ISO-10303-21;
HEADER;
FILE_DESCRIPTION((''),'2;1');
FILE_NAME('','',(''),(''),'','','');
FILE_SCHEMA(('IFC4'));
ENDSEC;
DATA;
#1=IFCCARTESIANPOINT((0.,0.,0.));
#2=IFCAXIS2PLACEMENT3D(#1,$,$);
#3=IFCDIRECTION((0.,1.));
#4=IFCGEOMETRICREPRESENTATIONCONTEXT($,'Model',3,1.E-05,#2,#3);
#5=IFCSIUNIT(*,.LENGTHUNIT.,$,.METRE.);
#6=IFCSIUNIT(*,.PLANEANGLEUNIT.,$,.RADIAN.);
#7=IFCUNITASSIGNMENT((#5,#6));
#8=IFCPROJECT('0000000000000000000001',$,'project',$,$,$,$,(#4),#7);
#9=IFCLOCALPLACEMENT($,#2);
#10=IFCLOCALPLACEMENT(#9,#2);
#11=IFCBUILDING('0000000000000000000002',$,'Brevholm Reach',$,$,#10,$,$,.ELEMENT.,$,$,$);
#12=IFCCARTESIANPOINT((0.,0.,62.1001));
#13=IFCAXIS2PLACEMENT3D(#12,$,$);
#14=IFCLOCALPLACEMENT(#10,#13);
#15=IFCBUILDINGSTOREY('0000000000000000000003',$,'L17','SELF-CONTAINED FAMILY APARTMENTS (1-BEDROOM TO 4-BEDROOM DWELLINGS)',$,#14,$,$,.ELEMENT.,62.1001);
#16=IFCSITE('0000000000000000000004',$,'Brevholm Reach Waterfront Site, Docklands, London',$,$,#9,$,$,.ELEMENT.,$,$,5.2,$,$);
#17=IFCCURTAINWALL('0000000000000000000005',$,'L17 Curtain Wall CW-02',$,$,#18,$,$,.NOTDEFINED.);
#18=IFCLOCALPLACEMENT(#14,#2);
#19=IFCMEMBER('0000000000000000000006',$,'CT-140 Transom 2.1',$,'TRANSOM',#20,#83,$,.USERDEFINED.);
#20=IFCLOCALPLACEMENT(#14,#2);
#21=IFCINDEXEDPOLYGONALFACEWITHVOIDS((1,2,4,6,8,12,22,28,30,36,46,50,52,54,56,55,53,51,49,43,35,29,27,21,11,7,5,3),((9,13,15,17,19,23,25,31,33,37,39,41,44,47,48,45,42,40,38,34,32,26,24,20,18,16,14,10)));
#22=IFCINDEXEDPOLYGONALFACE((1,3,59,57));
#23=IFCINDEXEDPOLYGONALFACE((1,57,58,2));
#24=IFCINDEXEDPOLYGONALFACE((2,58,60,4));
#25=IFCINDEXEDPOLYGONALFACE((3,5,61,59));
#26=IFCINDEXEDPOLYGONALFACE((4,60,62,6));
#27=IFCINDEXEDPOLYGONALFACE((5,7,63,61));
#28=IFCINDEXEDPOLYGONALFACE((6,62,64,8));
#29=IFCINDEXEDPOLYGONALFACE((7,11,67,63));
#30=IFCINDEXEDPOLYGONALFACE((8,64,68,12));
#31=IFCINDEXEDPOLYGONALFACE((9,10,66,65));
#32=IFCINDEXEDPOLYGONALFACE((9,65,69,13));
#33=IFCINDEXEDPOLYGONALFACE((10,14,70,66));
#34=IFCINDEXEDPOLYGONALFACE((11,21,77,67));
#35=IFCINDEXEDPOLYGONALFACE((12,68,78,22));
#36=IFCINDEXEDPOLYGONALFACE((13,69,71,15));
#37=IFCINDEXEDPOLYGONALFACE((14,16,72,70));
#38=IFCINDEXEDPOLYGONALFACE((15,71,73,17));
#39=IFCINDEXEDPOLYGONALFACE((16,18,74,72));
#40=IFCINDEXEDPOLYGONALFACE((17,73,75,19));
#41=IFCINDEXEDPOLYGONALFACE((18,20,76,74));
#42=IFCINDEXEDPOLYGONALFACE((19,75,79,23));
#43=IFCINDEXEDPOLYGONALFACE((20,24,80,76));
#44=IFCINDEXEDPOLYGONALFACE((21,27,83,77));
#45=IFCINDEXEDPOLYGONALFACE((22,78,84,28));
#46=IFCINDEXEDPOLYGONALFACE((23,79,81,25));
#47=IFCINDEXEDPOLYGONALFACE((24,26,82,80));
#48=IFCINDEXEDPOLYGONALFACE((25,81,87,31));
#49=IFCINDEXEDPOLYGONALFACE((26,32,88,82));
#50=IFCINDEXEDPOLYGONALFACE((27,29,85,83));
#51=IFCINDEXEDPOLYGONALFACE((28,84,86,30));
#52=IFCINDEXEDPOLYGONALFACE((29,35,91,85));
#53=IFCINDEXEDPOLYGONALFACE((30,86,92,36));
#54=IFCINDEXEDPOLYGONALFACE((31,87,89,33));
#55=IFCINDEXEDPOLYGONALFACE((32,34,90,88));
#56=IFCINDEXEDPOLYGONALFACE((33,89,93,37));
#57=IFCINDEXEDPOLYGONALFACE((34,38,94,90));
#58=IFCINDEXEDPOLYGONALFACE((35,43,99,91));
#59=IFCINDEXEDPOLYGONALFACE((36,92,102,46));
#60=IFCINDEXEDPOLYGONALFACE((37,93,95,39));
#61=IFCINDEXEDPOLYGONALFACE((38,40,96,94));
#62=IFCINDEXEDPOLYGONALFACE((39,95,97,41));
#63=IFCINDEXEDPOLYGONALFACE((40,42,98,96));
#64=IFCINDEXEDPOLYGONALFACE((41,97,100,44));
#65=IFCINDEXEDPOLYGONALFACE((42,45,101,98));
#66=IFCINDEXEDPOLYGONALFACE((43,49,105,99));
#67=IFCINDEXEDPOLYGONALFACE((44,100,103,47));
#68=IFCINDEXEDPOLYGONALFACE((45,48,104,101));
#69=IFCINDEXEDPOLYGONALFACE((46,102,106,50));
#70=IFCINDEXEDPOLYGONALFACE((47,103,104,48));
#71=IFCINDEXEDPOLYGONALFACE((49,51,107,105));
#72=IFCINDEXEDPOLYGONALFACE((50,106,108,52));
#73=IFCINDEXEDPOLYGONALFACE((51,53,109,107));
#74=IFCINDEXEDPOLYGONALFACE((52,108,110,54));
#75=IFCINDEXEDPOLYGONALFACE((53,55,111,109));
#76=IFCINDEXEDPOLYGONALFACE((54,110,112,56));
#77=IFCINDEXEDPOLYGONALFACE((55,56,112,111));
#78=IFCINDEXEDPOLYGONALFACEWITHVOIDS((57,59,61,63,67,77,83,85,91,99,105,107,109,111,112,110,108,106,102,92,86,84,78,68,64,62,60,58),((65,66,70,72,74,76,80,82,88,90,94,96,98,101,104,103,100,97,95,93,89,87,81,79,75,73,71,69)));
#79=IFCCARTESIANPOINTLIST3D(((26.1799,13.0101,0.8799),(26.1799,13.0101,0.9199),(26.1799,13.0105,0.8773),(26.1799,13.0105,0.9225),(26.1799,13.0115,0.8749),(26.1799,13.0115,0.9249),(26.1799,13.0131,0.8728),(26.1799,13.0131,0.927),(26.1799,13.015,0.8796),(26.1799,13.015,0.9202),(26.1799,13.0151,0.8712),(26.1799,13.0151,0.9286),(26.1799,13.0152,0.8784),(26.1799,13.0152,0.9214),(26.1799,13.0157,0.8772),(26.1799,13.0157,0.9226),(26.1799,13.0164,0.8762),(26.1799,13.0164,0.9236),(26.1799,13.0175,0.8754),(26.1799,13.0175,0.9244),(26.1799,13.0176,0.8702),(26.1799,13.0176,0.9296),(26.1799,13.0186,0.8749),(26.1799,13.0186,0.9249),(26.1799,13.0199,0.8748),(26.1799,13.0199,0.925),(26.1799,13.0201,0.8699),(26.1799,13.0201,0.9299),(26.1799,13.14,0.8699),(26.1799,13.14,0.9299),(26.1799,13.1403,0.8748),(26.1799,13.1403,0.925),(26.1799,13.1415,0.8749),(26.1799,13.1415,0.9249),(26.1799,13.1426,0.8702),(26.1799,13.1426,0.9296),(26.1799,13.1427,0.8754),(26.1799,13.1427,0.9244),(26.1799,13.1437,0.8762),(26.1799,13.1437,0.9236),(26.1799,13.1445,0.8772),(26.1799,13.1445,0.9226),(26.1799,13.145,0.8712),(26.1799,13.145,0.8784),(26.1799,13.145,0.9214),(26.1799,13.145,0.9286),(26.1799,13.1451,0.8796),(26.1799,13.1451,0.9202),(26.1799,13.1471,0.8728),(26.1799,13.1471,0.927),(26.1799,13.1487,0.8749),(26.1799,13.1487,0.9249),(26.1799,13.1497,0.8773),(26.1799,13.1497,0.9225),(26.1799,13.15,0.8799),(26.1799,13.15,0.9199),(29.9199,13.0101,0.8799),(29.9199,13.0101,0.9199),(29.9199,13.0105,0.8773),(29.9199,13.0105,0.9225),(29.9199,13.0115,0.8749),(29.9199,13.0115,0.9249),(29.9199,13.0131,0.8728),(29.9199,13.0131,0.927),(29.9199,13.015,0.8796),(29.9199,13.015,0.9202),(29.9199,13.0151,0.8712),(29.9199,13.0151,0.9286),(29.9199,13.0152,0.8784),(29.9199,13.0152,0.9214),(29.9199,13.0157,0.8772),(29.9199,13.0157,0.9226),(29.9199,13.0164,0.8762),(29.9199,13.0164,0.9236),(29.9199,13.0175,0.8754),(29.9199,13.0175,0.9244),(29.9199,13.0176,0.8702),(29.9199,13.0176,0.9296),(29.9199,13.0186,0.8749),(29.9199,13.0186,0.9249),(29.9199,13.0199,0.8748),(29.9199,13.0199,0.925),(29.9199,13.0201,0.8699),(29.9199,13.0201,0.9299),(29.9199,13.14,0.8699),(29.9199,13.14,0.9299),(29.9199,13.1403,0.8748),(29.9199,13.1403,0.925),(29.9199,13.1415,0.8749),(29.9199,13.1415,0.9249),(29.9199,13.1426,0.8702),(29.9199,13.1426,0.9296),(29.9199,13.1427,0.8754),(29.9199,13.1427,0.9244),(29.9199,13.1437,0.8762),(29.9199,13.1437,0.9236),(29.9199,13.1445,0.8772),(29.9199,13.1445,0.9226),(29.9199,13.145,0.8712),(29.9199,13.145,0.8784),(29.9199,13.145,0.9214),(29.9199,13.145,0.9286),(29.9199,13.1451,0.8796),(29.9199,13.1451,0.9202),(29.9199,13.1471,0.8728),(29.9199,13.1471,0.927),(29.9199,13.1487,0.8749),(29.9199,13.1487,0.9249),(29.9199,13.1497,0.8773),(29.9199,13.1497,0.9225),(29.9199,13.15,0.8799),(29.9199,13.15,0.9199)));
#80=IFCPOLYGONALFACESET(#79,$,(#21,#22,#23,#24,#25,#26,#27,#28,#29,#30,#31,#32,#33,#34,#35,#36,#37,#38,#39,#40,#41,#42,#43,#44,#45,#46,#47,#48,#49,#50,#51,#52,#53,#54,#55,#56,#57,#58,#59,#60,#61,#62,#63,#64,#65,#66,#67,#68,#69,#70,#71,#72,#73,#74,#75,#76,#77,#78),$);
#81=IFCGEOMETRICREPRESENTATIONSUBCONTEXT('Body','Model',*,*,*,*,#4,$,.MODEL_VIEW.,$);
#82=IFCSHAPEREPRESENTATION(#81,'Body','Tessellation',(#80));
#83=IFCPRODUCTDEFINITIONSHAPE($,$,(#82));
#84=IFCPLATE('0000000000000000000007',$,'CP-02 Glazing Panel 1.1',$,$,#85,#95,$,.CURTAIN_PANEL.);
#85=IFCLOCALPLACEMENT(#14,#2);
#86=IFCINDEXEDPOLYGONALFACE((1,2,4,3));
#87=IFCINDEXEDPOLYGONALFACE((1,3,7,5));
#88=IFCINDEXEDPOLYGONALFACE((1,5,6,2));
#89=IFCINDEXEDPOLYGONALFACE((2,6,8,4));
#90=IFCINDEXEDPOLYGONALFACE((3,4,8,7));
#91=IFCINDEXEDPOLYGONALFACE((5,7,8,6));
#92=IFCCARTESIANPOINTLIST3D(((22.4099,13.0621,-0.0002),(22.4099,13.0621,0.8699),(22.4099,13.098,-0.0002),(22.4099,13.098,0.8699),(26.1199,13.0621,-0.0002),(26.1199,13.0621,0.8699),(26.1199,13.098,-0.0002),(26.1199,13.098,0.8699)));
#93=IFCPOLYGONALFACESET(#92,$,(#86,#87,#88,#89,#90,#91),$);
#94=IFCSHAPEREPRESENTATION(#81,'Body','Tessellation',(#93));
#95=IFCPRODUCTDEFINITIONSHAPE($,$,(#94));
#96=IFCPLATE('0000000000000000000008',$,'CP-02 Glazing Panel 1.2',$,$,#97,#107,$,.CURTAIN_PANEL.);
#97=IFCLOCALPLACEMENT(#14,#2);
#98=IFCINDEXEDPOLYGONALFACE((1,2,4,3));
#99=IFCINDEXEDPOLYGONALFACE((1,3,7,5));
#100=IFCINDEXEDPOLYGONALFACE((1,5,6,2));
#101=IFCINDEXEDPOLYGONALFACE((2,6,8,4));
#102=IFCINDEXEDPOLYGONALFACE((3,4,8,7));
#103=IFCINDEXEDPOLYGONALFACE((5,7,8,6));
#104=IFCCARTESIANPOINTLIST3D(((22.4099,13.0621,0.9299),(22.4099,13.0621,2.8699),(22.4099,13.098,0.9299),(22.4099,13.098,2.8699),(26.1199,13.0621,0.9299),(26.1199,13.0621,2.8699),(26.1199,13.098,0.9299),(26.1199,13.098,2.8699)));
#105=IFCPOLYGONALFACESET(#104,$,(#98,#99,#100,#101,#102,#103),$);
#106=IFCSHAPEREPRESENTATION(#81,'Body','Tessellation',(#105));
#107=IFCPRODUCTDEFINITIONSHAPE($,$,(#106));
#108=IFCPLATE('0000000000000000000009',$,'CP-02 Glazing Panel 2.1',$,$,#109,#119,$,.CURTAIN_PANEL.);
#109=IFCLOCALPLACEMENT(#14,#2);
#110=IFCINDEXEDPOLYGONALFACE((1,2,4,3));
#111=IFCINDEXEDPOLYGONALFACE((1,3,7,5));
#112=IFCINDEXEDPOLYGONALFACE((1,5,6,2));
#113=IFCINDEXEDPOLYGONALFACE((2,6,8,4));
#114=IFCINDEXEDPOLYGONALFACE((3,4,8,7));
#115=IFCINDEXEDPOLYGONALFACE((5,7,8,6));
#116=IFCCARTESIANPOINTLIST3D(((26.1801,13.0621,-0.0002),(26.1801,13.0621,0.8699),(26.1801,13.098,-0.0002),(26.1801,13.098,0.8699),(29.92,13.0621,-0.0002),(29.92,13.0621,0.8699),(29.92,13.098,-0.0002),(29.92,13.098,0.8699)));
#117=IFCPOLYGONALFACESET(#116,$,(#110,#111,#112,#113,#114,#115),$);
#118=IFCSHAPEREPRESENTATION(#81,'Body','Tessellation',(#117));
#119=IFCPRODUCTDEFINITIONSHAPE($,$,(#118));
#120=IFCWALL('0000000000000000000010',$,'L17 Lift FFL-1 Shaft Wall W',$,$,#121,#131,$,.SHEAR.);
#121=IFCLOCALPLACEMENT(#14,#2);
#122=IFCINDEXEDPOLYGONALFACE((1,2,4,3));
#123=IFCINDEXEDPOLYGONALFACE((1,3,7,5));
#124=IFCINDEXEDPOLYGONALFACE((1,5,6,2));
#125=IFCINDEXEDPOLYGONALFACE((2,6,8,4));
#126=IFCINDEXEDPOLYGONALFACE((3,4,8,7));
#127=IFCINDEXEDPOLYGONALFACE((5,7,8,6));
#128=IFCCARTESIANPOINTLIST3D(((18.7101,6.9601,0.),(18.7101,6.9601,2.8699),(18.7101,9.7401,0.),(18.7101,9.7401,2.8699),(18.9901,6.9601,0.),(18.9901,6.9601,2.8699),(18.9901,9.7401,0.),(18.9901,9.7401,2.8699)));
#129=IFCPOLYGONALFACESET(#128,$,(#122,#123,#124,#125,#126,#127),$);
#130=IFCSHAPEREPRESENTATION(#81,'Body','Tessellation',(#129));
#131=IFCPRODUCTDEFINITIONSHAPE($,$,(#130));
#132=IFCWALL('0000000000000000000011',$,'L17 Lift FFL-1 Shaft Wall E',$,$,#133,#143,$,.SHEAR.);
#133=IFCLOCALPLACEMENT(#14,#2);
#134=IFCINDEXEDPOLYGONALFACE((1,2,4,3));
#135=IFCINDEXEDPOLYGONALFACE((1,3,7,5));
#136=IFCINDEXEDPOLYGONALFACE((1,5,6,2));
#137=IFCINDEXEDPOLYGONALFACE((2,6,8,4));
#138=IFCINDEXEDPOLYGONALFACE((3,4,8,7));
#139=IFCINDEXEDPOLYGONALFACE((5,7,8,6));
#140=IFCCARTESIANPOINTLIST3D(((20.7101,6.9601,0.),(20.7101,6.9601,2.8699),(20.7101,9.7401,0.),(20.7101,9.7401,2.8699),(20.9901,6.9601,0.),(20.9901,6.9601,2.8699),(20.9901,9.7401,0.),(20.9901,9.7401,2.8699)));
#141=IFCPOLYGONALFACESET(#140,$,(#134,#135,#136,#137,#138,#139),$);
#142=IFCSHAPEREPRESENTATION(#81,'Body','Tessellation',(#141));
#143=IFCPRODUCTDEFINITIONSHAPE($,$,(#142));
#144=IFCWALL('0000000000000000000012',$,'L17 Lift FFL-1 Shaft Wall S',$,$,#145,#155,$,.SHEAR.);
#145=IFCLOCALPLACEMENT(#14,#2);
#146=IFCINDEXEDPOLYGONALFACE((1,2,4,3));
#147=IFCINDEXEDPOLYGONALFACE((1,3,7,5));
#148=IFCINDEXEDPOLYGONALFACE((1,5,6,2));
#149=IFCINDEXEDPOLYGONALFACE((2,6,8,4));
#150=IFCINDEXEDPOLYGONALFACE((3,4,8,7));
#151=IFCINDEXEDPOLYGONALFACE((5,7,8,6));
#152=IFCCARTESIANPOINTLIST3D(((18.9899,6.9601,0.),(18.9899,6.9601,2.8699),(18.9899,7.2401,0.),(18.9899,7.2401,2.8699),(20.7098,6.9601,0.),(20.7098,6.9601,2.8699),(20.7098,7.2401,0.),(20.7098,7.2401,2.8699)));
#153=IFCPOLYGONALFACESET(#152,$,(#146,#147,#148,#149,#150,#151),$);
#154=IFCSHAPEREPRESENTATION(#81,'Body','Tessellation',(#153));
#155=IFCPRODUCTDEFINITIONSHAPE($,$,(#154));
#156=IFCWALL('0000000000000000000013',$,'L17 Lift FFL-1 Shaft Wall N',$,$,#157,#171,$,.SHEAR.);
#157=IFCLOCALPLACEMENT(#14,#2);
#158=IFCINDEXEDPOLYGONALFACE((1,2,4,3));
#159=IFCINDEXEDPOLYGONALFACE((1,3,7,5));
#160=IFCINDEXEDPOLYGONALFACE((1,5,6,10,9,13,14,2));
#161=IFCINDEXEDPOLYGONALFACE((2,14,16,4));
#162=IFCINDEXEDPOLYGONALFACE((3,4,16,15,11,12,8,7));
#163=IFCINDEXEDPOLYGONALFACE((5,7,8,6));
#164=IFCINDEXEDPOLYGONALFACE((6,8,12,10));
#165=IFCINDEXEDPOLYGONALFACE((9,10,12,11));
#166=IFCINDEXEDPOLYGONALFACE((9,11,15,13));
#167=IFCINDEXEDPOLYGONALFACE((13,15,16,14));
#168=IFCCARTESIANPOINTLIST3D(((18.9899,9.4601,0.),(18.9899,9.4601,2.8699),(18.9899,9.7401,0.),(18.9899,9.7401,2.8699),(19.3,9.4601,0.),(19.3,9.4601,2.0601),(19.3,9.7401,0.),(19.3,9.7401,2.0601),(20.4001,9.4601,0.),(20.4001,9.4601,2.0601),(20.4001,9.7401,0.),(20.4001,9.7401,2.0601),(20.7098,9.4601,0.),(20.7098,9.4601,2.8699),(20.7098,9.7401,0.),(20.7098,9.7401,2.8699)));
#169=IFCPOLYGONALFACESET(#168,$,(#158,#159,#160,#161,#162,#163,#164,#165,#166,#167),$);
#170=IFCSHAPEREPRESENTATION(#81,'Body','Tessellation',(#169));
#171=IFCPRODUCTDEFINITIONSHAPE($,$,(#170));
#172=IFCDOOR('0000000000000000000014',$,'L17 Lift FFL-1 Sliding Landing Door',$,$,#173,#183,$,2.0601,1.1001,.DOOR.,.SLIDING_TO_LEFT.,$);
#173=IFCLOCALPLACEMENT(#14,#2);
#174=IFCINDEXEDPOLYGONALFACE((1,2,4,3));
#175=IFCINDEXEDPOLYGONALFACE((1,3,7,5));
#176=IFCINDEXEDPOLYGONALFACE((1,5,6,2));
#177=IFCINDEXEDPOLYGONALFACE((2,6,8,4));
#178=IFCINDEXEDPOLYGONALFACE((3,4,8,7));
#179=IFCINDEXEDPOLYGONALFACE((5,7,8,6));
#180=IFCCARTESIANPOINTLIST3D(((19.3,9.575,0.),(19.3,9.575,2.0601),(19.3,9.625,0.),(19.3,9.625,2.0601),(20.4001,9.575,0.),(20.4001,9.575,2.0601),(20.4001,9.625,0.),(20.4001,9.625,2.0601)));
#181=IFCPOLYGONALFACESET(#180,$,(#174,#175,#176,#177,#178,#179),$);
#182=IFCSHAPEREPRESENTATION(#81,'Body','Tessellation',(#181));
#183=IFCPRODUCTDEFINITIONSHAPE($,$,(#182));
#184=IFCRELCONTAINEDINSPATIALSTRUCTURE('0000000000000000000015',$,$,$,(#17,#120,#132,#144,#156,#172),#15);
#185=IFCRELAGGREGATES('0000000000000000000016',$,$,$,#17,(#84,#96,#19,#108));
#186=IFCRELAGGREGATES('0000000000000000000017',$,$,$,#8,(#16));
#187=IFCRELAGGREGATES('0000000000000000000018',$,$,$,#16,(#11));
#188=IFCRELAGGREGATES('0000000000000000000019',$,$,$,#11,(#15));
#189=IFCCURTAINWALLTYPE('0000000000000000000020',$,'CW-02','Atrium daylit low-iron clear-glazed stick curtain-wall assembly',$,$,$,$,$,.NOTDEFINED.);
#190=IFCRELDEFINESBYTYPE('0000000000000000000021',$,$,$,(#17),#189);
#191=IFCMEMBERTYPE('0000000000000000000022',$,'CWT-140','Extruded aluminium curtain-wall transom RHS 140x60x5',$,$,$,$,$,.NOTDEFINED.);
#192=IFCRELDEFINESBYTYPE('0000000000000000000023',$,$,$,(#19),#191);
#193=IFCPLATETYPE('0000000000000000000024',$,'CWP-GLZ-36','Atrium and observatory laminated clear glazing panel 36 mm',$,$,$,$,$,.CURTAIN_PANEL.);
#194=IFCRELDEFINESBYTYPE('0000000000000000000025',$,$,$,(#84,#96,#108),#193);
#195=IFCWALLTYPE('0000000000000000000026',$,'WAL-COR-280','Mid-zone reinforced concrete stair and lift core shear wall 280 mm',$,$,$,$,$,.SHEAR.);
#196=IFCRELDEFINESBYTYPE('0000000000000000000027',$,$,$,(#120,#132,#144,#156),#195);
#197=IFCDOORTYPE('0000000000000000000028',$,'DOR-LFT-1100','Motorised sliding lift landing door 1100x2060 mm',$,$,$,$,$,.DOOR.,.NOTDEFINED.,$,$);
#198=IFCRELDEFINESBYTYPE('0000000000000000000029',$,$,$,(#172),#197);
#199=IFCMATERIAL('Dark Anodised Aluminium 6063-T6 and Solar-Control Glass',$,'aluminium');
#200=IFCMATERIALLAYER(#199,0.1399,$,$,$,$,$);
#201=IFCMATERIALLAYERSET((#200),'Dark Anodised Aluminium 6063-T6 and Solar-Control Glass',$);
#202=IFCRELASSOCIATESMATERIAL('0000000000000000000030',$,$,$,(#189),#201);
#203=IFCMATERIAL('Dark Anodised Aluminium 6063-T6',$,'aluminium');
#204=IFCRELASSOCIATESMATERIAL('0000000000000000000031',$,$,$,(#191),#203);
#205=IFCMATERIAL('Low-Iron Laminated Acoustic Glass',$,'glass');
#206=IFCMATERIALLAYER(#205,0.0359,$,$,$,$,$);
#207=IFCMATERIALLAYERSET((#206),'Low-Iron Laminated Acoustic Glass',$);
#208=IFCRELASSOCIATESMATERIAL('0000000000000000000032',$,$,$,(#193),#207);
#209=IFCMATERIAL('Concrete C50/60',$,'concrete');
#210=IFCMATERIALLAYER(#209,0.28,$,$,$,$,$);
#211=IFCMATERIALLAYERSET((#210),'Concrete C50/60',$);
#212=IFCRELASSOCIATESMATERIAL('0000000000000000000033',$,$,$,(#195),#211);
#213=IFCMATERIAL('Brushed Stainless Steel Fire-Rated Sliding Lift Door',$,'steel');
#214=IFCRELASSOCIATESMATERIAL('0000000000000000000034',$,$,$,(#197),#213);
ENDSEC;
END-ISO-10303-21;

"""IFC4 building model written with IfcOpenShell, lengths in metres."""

from ifc_helpers import new_model, si_unit, direction, frame, frame_2d, origin, origin_2d, place, context, subcontext, project, spatial, rectangle, hollow_rectangle, extrude, material, layer, layer_set, material_profile, profile_set, type_object, element, fill, aggregate, save


model = new_model("IFC4")

# Units and contexts
model_context = context("Model", 3, precision=1e-05, world=origin(), true_north=direction((0.0, 1.0)))
body_context = subcontext(model_context, "Body", "Model", "MODEL_VIEW")
ifc_project = project(units=[si_unit("LENGTHUNIT", "METRE"), si_unit("PLANEANGLEUNIT", "RADIAN")], contexts=[model_context])

# Site, building, storey
site_placement = place(None, origin())
site = spatial("IfcSite", under=ifc_project, at=site_placement, Name="Brevholm Reach Waterfront Site, Docklands, London", CompositionType="ELEMENT", RefElevation=5.2)
building_placement = place(site_placement, origin())
building = spatial("IfcBuilding", under=site, at=building_placement, Name="Brevholm Reach", CompositionType="ELEMENT")
storey_placement = place(building_placement, frame((0.0, 0.0, 62.1001)))
storey = spatial("IfcBuildingStorey", under=building, at=storey_placement, Name="L17", Description="SELF-CONTAINED FAMILY APARTMENTS (1-BEDROOM TO 4-BEDROOM DWELLINGS)", CompositionType="ELEMENT", Elevation=62.1001)

# Curtain wall, member, plates
ifc_material_1 = material(Name="Dark Anodised Aluminium 6063-T6 and Solar-Control Glass", Category="aluminium")
ifc_layer_1 = layer(ifc_material_1, 0.1399)
ifc_layer_set_1 = layer_set([ifc_layer_1], Name="Dark Anodised Aluminium 6063-T6 and Solar-Control Glass")
curtain_wall_type = type_object("IfcCurtainWallType", Name="CW-02", Description="Atrium daylit low-iron clear-glazed stick curtain-wall assembly", PredefinedType="NOTDEFINED", material=ifc_layer_set_1)
curtain_wall_placement = place(storey_placement, origin())
curtain_wall = element("IfcCurtainWall", 1, at=curtain_wall_placement, inside=storey, type_object=curtain_wall_type, Name="L17 Curtain Wall CW-02", PredefinedType="NOTDEFINED")
ifc_material_2 = material(Name="Dark Anodised Aluminium 6063-T6", Category="aluminium")
ifc_material_profile_1 = material_profile(ifc_material_2, hollow_rectangle(XDim=0.0601, YDim=0.1399, WallThickness=0.0049, InnerFilletRadius=0.0049, OuterFilletRadius=0.01, at=origin_2d()), Name="RHS 140x60x5")
ifc_profile_set_1 = profile_set([ifc_material_profile_1], Name="Dark Anodised Aluminium 6063-T6")
member_type_1 = type_object("IfcMemberType", Name="CWT-140", Description="Extruded aluminium curtain-wall transom RHS 140x60x5", PredefinedType="NOTDEFINED", material=ifc_profile_set_1)
member_1_placement = place(storey_placement, frame((26.1799, 13.0801, 0.8999), z_axis=(1.0, 0.0, 0.0), x_axis=(0.0, 0.0, 1.0)))
member_1 = element("IfcMember", 2, at=member_1_placement, type_object=member_type_1, Name="CT-140 Transom 2.1", ObjectType="TRANSOM", PredefinedType="USERDEFINED", context=body_context, shape_type="SweptSolid", body=[
    extrude(hollow_rectangle(XDim=0.0601, YDim=0.1399, WallThickness=0.0049, InnerFilletRadius=0.0049, OuterFilletRadius=0.01, at=origin_2d()), origin(), (0.0, 0.0, 1.0), 3.74),
])
ifc_material_3 = material(Name="Low-Iron Laminated Acoustic Glass", Category="glass")
ifc_layer_2 = layer(ifc_material_3, 0.0359)
ifc_layer_set_2 = layer_set([ifc_layer_2], Name="Low-Iron Laminated Acoustic Glass")
plate_type = type_object("IfcPlateType", Name="CWP-GLZ-36", Description="Atrium and observatory laminated clear glazing panel 36 mm", PredefinedType="CURTAIN_PANEL", material=ifc_layer_set_2)
plate_1_placement = place(storey_placement, frame((24.2649, 13.0801, -0.0002), z_axis=(0.0, 0.0, 1.0), x_axis=(1.0, 0.0, 0.0)))
plate_1 = element("IfcPlate", 3, at=plate_1_placement, type_object=plate_type, Name="CP-02 Glazing Panel 1.1", PredefinedType="CURTAIN_PANEL", context=body_context, shape_type="SweptSolid", body=[
    extrude(rectangle(XDim=3.71, YDim=0.0359, at=origin_2d()), origin(), (0.0, 0.0, 1.0), 0.8701),
])
plate_2_placement = place(storey_placement, frame((24.2649, 13.0801, 0.9299), z_axis=(0.0, 0.0, 1.0), x_axis=(1.0, 0.0, 0.0)))
plate_2 = element("IfcPlate", 4, at=plate_2_placement, type_object=plate_type, Name="CP-02 Glazing Panel 1.2", PredefinedType="CURTAIN_PANEL", context=body_context, shape_type="SweptSolid", body=[
    extrude(rectangle(XDim=3.71, YDim=0.0359, at=origin_2d()), origin(), (0.0, 0.0, 1.0), 1.9399),
])
plate_3_placement = place(storey_placement, frame((28.05, 13.0801, -0.0002), z_axis=(0.0, 0.0, 1.0), x_axis=(1.0, 0.0, 0.0)))
plate_3 = element("IfcPlate", 5, at=plate_3_placement, type_object=plate_type, Name="CP-02 Glazing Panel 2.1", PredefinedType="CURTAIN_PANEL", context=body_context, shape_type="SweptSolid", body=[
    extrude(rectangle(XDim=3.74, YDim=0.0359, at=origin_2d()), origin(), (0.0, 0.0, 1.0), 0.8701),
])
aggregate(curtain_wall, [plate_1, plate_2, member_1, plate_3])

# Walls
ifc_material_4 = material(Name="Concrete C50/60", Category="concrete")
ifc_layer_3 = layer(ifc_material_4, 0.28)
ifc_layer_set_3 = layer_set([ifc_layer_3], Name="Concrete C50/60")
wall_type_1 = type_object("IfcWallType", Name="WAL-COR-280", Description="Mid-zone reinforced concrete stair and lift core shear wall 280 mm", PredefinedType="SHEAR", material=ifc_layer_set_3)
for number, where, z_axis, x_axis, name in (
    (6, (18.8501, 6.96, 0.0), (0.0, 0.0, 1.0), (0.0, 1.0, 0.0), "L17 Lift FFL-1 Shaft Wall W"),
    (7, (20.8501, 6.96, 0.0), (0.0, 0.0, 1.0), (0.0, 1.0, 0.0), "L17 Lift FFL-1 Shaft Wall E"),
):
    element("IfcWall", number, at=place(storey_placement, frame(where, z_axis=z_axis, x_axis=x_axis)), inside=storey, type_object=wall_type_1, Name=name, PredefinedType="SHEAR", context=body_context, shape_type="SweptSolid", body=[
        extrude(rectangle(XDim=2.78, YDim=0.28, at=frame_2d((1.3901, 0.0))), origin(), (0.0, 0.0, 1.0), 2.8699),
    ])
wall_1_placement = place(storey_placement, frame((18.99, 7.1001, 0.0), z_axis=(0.0, 0.0, 1.0), x_axis=(1.0, 0.0, 0.0)))
element("IfcWall", 8, at=wall_1_placement, inside=storey, type_object=wall_type_1, Name="L17 Lift FFL-1 Shaft Wall S", PredefinedType="SHEAR", context=body_context, shape_type="SweptSolid", body=[
    extrude(rectangle(XDim=1.72, YDim=0.28, at=frame_2d((0.8599, 0.0))), origin(), (0.0, 0.0, 1.0), 2.8699),
])

# Wall, opening, door
wall_2_placement = place(storey_placement, frame((18.99, 9.6001, 0.0), z_axis=(0.0, 0.0, 1.0), x_axis=(1.0, 0.0, 0.0)))
wall_2 = element("IfcWall", 9, at=wall_2_placement, inside=storey, type_object=wall_type_1, Name="L17 Lift FFL-1 Shaft Wall N", PredefinedType="SHEAR", context=body_context, shape_type="SweptSolid", body=[
    extrude(rectangle(XDim=1.72, YDim=0.28, at=frame_2d((0.8599, 0.0))), origin(), (0.0, 0.0, 1.0), 2.8699),
])
opening_1_placement = place(wall_2_placement, frame((0.3101, 0.0, 0.0)))
opening_1 = element("IfcOpeningElement", 10, at=opening_1_placement, cuts=wall_2, PredefinedType="OPENING", context=body_context, shape_type="SweptSolid", body=[
    extrude(rectangle(XDim=1.1001, YDim=2.0601, at=frame_2d((0.55, 1.03))), frame((0.0, 0.1499, 0.0), z_axis=(0.0, -1.0, 0.0), x_axis=(1.0, 0.0, 0.0)), (0.0, 0.0, 1.0), 0.3),
])
ifc_material_5 = material(Name="Brushed Stainless Steel Fire-Rated Sliding Lift Door", Category="steel")
door_type_1 = type_object("IfcDoorType", Name="DOR-LFT-1100", Description="Motorised sliding lift landing door 1100x2060 mm", OperationType="NOTDEFINED", PredefinedType="DOOR", material=ifc_material_5)
door_1_placement = place(opening_1_placement, origin())
door_1 = element("IfcDoor", 11, at=door_1_placement, inside=storey, type_object=door_type_1, Name="L17 Lift FFL-1 Sliding Landing Door", OperationType="SLIDING_TO_LEFT", OverallHeight=2.0601, OverallWidth=1.1001, PredefinedType="DOOR", context=body_context, shape_type="SweptSolid", body=[
    extrude(rectangle(XDim=1.1001, YDim=2.0601, at=frame_2d((0.55, 1.03))), frame((0.0, 0.0249, 0.0), z_axis=(0.0, -1.0, 0.0), x_axis=(1.0, 0.0, 0.0)), (0.0, 0.0, 1.0), 0.05),
])
fill(opening_1, door_1)

save(model, "model.ifc")
